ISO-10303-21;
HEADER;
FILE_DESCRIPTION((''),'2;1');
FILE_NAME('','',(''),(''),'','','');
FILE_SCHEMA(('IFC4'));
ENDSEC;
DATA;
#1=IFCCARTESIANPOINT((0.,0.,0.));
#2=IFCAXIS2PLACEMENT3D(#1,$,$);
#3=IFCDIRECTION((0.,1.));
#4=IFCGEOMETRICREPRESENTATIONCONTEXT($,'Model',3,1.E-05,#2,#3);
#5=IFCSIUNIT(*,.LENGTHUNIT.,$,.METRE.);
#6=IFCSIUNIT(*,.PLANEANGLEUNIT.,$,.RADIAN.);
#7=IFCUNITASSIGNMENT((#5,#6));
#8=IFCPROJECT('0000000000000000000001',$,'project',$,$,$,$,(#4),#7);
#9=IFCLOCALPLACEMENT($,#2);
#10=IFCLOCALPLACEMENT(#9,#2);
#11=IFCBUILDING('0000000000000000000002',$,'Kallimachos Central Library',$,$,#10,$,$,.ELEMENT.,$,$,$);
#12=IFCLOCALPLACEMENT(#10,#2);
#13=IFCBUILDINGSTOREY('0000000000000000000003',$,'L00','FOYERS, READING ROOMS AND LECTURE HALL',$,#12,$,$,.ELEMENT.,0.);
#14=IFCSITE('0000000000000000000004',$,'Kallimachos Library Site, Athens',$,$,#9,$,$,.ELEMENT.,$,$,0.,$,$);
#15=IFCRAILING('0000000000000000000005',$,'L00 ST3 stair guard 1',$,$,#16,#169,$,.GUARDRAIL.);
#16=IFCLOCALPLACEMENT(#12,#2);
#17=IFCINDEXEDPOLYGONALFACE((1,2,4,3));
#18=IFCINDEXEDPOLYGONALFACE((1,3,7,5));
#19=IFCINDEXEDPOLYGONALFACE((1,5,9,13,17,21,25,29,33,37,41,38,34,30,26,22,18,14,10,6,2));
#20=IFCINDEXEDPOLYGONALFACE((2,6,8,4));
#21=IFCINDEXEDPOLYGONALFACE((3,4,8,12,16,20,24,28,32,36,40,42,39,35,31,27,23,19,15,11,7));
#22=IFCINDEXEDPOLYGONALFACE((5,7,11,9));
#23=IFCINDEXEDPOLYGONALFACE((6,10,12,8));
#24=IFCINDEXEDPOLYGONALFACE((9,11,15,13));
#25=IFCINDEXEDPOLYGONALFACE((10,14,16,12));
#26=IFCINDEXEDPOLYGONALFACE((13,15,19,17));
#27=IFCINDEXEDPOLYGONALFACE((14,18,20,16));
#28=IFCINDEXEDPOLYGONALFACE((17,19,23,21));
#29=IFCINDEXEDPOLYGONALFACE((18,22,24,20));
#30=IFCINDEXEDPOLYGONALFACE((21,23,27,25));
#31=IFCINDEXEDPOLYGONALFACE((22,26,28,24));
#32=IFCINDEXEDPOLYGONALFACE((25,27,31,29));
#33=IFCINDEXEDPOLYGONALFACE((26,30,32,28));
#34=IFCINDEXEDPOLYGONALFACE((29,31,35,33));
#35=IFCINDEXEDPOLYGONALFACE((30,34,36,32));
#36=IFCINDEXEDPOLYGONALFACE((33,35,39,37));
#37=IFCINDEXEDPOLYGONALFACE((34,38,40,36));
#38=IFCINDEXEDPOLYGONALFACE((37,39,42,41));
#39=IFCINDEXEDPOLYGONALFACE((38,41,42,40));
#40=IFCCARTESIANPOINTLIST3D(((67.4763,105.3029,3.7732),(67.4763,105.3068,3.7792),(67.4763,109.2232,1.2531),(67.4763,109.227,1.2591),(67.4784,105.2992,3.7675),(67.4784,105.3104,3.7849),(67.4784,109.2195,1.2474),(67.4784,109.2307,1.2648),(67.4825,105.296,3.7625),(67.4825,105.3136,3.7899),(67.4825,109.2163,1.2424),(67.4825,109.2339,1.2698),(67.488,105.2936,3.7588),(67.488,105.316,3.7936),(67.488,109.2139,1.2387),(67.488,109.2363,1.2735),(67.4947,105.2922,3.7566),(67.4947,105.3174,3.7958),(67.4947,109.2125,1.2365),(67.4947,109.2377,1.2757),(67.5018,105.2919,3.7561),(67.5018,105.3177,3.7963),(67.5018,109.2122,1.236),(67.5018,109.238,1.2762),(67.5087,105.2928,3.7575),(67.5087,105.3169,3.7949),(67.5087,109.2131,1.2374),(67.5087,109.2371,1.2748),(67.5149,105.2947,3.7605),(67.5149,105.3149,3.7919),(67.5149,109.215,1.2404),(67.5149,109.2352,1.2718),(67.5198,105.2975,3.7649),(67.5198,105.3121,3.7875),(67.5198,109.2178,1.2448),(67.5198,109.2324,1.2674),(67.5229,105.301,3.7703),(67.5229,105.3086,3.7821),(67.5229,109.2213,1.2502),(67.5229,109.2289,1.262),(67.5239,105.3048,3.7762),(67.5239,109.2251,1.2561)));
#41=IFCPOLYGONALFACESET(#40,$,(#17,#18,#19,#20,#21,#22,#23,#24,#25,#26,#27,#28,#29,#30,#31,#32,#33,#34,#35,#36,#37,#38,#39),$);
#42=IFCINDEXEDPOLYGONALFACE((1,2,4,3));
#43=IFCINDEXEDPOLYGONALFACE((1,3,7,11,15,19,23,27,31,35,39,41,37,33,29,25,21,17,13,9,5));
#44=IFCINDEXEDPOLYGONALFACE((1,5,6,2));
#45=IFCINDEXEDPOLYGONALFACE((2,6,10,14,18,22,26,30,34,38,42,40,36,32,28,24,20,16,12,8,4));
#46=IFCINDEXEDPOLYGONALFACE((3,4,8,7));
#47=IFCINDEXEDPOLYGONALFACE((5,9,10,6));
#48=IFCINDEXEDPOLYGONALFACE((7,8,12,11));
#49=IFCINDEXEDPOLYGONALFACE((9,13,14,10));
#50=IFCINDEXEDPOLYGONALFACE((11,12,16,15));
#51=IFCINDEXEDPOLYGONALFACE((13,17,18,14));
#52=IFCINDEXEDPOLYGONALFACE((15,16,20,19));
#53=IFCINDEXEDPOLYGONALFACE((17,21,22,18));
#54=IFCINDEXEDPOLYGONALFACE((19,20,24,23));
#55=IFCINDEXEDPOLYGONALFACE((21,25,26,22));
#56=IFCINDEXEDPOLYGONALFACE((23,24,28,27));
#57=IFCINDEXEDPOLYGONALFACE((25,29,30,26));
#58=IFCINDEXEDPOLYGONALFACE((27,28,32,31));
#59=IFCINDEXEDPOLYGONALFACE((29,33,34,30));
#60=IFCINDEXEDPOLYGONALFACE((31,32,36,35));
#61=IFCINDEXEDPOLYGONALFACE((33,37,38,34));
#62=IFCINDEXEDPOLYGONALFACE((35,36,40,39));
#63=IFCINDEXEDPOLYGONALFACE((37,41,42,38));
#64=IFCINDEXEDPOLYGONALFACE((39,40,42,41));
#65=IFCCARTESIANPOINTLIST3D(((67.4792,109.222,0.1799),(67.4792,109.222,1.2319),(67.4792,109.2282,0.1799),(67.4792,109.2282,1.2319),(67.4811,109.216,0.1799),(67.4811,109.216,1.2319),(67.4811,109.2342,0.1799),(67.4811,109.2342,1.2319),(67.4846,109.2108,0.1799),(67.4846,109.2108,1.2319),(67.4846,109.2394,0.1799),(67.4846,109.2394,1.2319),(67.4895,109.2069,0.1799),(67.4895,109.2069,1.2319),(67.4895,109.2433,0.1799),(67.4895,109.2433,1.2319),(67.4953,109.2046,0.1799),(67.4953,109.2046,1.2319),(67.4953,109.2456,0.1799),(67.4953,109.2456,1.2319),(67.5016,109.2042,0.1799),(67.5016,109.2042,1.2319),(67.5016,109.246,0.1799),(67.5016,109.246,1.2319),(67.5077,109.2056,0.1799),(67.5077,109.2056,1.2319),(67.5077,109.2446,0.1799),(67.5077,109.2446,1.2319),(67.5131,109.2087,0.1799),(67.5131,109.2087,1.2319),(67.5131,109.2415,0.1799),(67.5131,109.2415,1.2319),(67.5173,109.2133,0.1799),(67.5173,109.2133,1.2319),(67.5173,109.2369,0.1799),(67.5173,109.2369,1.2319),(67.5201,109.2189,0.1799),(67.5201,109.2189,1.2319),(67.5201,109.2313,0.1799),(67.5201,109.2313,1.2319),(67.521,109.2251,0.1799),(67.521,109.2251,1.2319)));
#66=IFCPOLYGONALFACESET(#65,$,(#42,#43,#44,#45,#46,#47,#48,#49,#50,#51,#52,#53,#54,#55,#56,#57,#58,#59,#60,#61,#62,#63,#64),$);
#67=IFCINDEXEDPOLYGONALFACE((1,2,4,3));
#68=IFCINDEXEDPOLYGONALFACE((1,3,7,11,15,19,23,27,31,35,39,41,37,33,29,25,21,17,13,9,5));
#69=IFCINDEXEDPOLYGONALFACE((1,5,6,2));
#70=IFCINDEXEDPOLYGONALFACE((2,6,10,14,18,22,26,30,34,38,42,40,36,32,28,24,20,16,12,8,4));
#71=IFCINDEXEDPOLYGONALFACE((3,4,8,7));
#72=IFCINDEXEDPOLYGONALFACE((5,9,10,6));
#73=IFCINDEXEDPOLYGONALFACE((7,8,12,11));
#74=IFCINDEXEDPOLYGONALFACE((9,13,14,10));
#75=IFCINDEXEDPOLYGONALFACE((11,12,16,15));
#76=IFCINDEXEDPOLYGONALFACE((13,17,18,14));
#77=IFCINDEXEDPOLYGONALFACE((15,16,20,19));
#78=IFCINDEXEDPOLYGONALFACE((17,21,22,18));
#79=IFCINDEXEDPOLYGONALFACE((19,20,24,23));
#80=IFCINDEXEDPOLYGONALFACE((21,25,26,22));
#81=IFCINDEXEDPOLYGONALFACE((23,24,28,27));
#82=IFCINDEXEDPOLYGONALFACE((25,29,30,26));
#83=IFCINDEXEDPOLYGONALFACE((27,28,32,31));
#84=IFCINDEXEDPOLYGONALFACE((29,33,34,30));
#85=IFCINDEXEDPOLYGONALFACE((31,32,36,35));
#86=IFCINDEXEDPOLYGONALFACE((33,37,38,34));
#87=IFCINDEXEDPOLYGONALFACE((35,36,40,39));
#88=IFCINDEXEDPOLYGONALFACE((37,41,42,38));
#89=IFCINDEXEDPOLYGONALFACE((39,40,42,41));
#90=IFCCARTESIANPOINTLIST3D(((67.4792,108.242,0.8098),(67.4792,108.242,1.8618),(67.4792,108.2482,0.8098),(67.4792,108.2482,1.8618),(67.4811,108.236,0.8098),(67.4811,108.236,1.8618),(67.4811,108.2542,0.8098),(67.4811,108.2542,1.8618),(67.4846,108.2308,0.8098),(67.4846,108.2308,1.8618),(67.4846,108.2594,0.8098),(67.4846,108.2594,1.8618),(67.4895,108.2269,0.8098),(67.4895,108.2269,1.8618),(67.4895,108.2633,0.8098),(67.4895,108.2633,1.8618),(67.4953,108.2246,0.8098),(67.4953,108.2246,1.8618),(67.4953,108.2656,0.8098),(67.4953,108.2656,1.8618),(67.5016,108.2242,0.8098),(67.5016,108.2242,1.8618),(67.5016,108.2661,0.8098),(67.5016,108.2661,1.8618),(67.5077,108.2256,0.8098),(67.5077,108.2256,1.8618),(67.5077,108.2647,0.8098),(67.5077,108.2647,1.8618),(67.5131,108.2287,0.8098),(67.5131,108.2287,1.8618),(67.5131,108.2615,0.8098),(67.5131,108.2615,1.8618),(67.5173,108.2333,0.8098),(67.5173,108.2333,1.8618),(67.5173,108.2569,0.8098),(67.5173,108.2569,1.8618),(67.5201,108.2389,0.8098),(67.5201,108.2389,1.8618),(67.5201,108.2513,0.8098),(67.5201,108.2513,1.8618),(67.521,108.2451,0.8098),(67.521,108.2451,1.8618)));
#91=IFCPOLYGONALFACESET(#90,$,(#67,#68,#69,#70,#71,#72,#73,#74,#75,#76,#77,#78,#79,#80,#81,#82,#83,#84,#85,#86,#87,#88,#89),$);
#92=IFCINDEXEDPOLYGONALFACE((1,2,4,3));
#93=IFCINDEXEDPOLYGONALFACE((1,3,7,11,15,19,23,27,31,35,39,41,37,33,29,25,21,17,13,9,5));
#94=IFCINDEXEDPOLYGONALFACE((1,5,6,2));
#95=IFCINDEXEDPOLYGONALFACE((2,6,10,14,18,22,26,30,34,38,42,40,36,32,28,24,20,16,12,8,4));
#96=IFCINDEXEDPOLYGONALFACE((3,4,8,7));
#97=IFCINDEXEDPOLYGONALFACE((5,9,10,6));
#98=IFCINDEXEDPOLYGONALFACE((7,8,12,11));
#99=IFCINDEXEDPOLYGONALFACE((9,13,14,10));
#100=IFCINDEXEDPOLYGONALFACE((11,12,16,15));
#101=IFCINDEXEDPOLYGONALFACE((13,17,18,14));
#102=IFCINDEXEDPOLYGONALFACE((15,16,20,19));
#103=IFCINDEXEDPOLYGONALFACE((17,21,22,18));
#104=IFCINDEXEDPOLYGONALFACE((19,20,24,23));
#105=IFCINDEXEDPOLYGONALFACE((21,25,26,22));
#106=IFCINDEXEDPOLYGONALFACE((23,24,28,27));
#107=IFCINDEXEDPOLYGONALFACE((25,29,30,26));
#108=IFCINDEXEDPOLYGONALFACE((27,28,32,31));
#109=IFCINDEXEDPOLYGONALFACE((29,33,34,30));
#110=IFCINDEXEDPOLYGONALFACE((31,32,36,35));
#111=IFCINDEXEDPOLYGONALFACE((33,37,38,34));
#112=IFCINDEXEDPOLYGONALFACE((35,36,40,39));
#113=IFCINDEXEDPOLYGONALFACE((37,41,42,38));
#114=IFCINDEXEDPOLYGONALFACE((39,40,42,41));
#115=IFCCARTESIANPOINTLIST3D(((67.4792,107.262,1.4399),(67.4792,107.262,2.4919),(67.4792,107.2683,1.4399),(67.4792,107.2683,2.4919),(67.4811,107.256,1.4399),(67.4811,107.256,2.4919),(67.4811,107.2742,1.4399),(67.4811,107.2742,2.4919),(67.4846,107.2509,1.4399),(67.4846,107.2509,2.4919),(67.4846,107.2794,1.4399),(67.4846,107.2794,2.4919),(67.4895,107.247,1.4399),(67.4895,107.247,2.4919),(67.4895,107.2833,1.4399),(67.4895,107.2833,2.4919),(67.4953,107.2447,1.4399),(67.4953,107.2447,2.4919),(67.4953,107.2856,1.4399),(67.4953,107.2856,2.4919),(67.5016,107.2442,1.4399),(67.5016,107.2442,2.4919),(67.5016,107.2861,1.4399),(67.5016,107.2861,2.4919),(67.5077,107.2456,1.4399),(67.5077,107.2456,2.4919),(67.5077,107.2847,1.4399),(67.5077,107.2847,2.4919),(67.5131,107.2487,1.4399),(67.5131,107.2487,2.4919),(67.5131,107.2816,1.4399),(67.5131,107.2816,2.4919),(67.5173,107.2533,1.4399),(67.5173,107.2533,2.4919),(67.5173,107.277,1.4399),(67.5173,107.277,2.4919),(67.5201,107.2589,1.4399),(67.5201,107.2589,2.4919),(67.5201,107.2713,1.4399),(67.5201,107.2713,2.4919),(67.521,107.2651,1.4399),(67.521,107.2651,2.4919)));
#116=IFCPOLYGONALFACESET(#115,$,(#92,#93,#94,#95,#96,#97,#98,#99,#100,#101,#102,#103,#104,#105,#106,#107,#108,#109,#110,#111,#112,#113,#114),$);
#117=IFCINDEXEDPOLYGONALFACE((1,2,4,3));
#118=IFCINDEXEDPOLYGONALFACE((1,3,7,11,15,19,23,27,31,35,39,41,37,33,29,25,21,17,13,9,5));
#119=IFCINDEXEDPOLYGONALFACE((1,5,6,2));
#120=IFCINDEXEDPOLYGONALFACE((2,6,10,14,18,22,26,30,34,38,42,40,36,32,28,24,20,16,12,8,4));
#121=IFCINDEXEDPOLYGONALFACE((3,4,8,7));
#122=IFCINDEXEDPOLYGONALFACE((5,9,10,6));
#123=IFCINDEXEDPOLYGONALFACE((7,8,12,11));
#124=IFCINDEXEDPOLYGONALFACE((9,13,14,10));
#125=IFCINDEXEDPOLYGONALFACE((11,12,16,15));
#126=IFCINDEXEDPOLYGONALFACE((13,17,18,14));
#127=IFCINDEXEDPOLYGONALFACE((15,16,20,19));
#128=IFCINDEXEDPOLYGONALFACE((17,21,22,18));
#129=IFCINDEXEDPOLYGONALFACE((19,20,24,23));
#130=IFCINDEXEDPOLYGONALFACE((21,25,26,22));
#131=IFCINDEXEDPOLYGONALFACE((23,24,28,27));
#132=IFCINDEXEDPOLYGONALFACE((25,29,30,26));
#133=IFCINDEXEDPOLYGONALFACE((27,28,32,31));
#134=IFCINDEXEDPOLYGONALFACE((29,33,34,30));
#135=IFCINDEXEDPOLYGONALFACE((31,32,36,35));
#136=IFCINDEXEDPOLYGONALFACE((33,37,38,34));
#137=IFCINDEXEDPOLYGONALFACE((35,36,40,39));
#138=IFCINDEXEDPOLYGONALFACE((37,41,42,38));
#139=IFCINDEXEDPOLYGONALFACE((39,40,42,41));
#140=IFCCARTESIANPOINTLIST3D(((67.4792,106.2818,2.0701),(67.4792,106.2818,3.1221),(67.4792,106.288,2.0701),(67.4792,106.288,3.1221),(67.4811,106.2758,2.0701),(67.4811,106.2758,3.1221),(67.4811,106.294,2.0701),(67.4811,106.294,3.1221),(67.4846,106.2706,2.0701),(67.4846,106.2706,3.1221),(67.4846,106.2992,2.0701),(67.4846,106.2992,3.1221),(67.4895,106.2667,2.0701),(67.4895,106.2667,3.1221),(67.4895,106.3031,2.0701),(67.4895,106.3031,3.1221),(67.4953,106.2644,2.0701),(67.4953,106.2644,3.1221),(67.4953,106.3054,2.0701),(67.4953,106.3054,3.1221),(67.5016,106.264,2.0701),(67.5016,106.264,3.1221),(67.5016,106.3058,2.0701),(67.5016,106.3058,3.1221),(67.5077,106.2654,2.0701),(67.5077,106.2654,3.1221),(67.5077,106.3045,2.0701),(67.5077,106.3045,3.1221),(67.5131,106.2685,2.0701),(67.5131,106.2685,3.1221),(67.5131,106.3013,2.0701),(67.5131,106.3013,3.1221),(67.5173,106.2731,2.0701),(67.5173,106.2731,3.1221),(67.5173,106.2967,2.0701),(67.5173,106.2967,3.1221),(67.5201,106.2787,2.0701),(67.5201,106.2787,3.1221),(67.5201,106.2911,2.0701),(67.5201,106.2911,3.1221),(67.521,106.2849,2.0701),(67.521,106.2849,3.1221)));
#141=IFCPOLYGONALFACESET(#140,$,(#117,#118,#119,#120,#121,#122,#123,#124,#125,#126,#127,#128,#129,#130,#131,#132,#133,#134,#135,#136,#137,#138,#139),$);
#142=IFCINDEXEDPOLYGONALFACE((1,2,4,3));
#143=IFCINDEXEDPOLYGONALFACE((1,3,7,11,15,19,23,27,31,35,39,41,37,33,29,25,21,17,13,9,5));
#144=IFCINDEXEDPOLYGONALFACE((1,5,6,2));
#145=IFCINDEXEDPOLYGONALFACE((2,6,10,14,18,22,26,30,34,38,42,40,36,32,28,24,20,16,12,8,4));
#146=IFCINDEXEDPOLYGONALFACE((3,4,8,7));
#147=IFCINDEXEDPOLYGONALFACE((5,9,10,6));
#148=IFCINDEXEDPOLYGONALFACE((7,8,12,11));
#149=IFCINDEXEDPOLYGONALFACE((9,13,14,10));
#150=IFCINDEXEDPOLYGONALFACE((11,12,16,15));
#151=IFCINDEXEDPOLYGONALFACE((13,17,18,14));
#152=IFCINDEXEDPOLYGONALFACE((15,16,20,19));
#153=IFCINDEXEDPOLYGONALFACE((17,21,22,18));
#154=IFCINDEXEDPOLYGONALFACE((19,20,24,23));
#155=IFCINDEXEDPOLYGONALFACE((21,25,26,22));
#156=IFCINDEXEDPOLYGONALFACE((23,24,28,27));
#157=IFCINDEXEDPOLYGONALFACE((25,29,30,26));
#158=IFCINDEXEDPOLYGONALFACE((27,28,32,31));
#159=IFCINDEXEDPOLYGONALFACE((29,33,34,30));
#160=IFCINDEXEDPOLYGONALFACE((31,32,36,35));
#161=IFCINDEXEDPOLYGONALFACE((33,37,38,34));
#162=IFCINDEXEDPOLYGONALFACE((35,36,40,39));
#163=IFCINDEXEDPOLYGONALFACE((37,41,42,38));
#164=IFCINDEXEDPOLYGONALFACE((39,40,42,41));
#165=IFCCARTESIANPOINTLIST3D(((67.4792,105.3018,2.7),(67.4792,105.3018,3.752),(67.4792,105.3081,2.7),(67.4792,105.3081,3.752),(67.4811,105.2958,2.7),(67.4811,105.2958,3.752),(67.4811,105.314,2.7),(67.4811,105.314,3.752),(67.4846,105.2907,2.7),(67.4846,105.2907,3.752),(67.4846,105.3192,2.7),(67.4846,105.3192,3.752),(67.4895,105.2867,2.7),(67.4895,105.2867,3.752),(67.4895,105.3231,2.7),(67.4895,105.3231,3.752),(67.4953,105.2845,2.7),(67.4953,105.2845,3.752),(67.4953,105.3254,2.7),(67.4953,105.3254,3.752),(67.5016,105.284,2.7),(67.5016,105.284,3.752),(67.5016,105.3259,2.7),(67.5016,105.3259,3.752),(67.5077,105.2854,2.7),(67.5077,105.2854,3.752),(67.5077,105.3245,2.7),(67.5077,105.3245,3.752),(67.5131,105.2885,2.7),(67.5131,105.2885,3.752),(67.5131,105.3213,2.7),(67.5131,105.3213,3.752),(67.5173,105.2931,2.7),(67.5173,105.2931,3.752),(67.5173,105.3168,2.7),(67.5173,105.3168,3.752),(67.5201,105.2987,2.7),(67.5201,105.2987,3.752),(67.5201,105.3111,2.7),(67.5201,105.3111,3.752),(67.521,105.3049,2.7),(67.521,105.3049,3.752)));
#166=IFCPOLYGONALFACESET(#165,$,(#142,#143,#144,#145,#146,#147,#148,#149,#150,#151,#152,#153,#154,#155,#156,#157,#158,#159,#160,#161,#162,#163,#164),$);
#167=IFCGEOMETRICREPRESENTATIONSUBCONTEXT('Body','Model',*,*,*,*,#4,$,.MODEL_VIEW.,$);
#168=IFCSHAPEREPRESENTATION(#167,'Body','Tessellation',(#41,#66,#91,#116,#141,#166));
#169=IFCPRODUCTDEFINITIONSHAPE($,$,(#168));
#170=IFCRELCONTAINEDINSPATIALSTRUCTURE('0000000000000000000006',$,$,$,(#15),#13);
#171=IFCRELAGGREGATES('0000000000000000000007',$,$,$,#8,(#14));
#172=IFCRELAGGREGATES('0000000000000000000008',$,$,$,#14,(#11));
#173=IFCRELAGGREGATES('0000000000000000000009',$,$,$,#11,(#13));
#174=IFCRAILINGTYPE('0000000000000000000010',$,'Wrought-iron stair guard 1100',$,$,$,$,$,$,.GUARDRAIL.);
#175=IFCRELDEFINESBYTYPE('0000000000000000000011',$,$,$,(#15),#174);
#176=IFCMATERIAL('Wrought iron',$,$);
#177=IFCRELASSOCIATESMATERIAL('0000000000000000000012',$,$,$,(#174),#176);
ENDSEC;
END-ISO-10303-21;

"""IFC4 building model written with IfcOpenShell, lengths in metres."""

from ifc_helpers import new_model, si_unit, direction, frame, origin, origin_2d, place, context, subcontext, project, spatial, circle, extrude, material, type_object, element, save


model = new_model("IFC4")

# Units and contexts
model_context = context("Model", 3, precision=1e-05, world=origin(), true_north=direction((0.0, 1.0)))
body_context = subcontext(model_context, "Body", "Model", "MODEL_VIEW")
ifc_project = project(units=[si_unit("LENGTHUNIT", "METRE"), si_unit("PLANEANGLEUNIT", "RADIAN")], contexts=[model_context])

# Site, building, storey
site_placement = place(None, origin())
site = spatial("IfcSite", under=ifc_project, at=site_placement, Name="Kallimachos Library Site, Athens", CompositionType="ELEMENT", RefElevation=0.0)
building_placement = place(site_placement, origin())
building = spatial("IfcBuilding", under=site, at=building_placement, Name="Kallimachos Central Library", CompositionType="ELEMENT")
storey_placement = place(building_placement, origin())
storey = spatial("IfcBuildingStorey", under=building, at=storey_placement, Name="L00", Description="FOYERS, READING ROOMS AND LECTURE HALL", CompositionType="ELEMENT", Elevation=0.0)

# Railing
ifc_material_1 = material(Name="Wrought iron")
railing_type_1 = type_object("IfcRailingType", Name="Wrought-iron stair guard 1100", PredefinedType="GUARDRAIL", material=ifc_material_1)
railing_1_placement = place(storey_placement, frame((67.5, 109.2251, 0.1799)))
element("IfcRailing", 1, at=railing_1_placement, inside=storey, type_object=railing_type_1, Name="L00 ST3 stair guard 1", PredefinedType="GUARDRAIL", context=body_context, shape_type="SweptSolid", body=[
    extrude(circle(Radius=0.0239, at=origin_2d()), frame((0.0, 0.0, 1.0762), z_axis=(0.0, -0.841187, 0.540744), x_axis=(1.0, 0.0, 0.0)), (0.0, 0.0, 1.0), 4.6604),
    extrude(circle(Radius=0.021, at=origin_2d()), origin(), (0.0, 0.0, 1.0), 1.052),
    extrude(circle(Radius=0.021, at=origin_2d()), frame((0.0, -0.98, 0.6299)), (0.0, 0.0, 1.0), 1.052),
    extrude(circle(Radius=0.021, at=origin_2d()), frame((0.0, -1.96, 1.26)), (0.0, 0.0, 1.0), 1.052),
    extrude(circle(Radius=0.021, at=origin_2d()), frame((0.0, -2.9402, 1.8901)), (0.0, 0.0, 1.0), 1.052),
    extrude(circle(Radius=0.021, at=origin_2d()), frame((0.0, -3.9202, 2.52)), (0.0, 0.0, 1.0), 1.052),
])

save(model, "model.ifc")
